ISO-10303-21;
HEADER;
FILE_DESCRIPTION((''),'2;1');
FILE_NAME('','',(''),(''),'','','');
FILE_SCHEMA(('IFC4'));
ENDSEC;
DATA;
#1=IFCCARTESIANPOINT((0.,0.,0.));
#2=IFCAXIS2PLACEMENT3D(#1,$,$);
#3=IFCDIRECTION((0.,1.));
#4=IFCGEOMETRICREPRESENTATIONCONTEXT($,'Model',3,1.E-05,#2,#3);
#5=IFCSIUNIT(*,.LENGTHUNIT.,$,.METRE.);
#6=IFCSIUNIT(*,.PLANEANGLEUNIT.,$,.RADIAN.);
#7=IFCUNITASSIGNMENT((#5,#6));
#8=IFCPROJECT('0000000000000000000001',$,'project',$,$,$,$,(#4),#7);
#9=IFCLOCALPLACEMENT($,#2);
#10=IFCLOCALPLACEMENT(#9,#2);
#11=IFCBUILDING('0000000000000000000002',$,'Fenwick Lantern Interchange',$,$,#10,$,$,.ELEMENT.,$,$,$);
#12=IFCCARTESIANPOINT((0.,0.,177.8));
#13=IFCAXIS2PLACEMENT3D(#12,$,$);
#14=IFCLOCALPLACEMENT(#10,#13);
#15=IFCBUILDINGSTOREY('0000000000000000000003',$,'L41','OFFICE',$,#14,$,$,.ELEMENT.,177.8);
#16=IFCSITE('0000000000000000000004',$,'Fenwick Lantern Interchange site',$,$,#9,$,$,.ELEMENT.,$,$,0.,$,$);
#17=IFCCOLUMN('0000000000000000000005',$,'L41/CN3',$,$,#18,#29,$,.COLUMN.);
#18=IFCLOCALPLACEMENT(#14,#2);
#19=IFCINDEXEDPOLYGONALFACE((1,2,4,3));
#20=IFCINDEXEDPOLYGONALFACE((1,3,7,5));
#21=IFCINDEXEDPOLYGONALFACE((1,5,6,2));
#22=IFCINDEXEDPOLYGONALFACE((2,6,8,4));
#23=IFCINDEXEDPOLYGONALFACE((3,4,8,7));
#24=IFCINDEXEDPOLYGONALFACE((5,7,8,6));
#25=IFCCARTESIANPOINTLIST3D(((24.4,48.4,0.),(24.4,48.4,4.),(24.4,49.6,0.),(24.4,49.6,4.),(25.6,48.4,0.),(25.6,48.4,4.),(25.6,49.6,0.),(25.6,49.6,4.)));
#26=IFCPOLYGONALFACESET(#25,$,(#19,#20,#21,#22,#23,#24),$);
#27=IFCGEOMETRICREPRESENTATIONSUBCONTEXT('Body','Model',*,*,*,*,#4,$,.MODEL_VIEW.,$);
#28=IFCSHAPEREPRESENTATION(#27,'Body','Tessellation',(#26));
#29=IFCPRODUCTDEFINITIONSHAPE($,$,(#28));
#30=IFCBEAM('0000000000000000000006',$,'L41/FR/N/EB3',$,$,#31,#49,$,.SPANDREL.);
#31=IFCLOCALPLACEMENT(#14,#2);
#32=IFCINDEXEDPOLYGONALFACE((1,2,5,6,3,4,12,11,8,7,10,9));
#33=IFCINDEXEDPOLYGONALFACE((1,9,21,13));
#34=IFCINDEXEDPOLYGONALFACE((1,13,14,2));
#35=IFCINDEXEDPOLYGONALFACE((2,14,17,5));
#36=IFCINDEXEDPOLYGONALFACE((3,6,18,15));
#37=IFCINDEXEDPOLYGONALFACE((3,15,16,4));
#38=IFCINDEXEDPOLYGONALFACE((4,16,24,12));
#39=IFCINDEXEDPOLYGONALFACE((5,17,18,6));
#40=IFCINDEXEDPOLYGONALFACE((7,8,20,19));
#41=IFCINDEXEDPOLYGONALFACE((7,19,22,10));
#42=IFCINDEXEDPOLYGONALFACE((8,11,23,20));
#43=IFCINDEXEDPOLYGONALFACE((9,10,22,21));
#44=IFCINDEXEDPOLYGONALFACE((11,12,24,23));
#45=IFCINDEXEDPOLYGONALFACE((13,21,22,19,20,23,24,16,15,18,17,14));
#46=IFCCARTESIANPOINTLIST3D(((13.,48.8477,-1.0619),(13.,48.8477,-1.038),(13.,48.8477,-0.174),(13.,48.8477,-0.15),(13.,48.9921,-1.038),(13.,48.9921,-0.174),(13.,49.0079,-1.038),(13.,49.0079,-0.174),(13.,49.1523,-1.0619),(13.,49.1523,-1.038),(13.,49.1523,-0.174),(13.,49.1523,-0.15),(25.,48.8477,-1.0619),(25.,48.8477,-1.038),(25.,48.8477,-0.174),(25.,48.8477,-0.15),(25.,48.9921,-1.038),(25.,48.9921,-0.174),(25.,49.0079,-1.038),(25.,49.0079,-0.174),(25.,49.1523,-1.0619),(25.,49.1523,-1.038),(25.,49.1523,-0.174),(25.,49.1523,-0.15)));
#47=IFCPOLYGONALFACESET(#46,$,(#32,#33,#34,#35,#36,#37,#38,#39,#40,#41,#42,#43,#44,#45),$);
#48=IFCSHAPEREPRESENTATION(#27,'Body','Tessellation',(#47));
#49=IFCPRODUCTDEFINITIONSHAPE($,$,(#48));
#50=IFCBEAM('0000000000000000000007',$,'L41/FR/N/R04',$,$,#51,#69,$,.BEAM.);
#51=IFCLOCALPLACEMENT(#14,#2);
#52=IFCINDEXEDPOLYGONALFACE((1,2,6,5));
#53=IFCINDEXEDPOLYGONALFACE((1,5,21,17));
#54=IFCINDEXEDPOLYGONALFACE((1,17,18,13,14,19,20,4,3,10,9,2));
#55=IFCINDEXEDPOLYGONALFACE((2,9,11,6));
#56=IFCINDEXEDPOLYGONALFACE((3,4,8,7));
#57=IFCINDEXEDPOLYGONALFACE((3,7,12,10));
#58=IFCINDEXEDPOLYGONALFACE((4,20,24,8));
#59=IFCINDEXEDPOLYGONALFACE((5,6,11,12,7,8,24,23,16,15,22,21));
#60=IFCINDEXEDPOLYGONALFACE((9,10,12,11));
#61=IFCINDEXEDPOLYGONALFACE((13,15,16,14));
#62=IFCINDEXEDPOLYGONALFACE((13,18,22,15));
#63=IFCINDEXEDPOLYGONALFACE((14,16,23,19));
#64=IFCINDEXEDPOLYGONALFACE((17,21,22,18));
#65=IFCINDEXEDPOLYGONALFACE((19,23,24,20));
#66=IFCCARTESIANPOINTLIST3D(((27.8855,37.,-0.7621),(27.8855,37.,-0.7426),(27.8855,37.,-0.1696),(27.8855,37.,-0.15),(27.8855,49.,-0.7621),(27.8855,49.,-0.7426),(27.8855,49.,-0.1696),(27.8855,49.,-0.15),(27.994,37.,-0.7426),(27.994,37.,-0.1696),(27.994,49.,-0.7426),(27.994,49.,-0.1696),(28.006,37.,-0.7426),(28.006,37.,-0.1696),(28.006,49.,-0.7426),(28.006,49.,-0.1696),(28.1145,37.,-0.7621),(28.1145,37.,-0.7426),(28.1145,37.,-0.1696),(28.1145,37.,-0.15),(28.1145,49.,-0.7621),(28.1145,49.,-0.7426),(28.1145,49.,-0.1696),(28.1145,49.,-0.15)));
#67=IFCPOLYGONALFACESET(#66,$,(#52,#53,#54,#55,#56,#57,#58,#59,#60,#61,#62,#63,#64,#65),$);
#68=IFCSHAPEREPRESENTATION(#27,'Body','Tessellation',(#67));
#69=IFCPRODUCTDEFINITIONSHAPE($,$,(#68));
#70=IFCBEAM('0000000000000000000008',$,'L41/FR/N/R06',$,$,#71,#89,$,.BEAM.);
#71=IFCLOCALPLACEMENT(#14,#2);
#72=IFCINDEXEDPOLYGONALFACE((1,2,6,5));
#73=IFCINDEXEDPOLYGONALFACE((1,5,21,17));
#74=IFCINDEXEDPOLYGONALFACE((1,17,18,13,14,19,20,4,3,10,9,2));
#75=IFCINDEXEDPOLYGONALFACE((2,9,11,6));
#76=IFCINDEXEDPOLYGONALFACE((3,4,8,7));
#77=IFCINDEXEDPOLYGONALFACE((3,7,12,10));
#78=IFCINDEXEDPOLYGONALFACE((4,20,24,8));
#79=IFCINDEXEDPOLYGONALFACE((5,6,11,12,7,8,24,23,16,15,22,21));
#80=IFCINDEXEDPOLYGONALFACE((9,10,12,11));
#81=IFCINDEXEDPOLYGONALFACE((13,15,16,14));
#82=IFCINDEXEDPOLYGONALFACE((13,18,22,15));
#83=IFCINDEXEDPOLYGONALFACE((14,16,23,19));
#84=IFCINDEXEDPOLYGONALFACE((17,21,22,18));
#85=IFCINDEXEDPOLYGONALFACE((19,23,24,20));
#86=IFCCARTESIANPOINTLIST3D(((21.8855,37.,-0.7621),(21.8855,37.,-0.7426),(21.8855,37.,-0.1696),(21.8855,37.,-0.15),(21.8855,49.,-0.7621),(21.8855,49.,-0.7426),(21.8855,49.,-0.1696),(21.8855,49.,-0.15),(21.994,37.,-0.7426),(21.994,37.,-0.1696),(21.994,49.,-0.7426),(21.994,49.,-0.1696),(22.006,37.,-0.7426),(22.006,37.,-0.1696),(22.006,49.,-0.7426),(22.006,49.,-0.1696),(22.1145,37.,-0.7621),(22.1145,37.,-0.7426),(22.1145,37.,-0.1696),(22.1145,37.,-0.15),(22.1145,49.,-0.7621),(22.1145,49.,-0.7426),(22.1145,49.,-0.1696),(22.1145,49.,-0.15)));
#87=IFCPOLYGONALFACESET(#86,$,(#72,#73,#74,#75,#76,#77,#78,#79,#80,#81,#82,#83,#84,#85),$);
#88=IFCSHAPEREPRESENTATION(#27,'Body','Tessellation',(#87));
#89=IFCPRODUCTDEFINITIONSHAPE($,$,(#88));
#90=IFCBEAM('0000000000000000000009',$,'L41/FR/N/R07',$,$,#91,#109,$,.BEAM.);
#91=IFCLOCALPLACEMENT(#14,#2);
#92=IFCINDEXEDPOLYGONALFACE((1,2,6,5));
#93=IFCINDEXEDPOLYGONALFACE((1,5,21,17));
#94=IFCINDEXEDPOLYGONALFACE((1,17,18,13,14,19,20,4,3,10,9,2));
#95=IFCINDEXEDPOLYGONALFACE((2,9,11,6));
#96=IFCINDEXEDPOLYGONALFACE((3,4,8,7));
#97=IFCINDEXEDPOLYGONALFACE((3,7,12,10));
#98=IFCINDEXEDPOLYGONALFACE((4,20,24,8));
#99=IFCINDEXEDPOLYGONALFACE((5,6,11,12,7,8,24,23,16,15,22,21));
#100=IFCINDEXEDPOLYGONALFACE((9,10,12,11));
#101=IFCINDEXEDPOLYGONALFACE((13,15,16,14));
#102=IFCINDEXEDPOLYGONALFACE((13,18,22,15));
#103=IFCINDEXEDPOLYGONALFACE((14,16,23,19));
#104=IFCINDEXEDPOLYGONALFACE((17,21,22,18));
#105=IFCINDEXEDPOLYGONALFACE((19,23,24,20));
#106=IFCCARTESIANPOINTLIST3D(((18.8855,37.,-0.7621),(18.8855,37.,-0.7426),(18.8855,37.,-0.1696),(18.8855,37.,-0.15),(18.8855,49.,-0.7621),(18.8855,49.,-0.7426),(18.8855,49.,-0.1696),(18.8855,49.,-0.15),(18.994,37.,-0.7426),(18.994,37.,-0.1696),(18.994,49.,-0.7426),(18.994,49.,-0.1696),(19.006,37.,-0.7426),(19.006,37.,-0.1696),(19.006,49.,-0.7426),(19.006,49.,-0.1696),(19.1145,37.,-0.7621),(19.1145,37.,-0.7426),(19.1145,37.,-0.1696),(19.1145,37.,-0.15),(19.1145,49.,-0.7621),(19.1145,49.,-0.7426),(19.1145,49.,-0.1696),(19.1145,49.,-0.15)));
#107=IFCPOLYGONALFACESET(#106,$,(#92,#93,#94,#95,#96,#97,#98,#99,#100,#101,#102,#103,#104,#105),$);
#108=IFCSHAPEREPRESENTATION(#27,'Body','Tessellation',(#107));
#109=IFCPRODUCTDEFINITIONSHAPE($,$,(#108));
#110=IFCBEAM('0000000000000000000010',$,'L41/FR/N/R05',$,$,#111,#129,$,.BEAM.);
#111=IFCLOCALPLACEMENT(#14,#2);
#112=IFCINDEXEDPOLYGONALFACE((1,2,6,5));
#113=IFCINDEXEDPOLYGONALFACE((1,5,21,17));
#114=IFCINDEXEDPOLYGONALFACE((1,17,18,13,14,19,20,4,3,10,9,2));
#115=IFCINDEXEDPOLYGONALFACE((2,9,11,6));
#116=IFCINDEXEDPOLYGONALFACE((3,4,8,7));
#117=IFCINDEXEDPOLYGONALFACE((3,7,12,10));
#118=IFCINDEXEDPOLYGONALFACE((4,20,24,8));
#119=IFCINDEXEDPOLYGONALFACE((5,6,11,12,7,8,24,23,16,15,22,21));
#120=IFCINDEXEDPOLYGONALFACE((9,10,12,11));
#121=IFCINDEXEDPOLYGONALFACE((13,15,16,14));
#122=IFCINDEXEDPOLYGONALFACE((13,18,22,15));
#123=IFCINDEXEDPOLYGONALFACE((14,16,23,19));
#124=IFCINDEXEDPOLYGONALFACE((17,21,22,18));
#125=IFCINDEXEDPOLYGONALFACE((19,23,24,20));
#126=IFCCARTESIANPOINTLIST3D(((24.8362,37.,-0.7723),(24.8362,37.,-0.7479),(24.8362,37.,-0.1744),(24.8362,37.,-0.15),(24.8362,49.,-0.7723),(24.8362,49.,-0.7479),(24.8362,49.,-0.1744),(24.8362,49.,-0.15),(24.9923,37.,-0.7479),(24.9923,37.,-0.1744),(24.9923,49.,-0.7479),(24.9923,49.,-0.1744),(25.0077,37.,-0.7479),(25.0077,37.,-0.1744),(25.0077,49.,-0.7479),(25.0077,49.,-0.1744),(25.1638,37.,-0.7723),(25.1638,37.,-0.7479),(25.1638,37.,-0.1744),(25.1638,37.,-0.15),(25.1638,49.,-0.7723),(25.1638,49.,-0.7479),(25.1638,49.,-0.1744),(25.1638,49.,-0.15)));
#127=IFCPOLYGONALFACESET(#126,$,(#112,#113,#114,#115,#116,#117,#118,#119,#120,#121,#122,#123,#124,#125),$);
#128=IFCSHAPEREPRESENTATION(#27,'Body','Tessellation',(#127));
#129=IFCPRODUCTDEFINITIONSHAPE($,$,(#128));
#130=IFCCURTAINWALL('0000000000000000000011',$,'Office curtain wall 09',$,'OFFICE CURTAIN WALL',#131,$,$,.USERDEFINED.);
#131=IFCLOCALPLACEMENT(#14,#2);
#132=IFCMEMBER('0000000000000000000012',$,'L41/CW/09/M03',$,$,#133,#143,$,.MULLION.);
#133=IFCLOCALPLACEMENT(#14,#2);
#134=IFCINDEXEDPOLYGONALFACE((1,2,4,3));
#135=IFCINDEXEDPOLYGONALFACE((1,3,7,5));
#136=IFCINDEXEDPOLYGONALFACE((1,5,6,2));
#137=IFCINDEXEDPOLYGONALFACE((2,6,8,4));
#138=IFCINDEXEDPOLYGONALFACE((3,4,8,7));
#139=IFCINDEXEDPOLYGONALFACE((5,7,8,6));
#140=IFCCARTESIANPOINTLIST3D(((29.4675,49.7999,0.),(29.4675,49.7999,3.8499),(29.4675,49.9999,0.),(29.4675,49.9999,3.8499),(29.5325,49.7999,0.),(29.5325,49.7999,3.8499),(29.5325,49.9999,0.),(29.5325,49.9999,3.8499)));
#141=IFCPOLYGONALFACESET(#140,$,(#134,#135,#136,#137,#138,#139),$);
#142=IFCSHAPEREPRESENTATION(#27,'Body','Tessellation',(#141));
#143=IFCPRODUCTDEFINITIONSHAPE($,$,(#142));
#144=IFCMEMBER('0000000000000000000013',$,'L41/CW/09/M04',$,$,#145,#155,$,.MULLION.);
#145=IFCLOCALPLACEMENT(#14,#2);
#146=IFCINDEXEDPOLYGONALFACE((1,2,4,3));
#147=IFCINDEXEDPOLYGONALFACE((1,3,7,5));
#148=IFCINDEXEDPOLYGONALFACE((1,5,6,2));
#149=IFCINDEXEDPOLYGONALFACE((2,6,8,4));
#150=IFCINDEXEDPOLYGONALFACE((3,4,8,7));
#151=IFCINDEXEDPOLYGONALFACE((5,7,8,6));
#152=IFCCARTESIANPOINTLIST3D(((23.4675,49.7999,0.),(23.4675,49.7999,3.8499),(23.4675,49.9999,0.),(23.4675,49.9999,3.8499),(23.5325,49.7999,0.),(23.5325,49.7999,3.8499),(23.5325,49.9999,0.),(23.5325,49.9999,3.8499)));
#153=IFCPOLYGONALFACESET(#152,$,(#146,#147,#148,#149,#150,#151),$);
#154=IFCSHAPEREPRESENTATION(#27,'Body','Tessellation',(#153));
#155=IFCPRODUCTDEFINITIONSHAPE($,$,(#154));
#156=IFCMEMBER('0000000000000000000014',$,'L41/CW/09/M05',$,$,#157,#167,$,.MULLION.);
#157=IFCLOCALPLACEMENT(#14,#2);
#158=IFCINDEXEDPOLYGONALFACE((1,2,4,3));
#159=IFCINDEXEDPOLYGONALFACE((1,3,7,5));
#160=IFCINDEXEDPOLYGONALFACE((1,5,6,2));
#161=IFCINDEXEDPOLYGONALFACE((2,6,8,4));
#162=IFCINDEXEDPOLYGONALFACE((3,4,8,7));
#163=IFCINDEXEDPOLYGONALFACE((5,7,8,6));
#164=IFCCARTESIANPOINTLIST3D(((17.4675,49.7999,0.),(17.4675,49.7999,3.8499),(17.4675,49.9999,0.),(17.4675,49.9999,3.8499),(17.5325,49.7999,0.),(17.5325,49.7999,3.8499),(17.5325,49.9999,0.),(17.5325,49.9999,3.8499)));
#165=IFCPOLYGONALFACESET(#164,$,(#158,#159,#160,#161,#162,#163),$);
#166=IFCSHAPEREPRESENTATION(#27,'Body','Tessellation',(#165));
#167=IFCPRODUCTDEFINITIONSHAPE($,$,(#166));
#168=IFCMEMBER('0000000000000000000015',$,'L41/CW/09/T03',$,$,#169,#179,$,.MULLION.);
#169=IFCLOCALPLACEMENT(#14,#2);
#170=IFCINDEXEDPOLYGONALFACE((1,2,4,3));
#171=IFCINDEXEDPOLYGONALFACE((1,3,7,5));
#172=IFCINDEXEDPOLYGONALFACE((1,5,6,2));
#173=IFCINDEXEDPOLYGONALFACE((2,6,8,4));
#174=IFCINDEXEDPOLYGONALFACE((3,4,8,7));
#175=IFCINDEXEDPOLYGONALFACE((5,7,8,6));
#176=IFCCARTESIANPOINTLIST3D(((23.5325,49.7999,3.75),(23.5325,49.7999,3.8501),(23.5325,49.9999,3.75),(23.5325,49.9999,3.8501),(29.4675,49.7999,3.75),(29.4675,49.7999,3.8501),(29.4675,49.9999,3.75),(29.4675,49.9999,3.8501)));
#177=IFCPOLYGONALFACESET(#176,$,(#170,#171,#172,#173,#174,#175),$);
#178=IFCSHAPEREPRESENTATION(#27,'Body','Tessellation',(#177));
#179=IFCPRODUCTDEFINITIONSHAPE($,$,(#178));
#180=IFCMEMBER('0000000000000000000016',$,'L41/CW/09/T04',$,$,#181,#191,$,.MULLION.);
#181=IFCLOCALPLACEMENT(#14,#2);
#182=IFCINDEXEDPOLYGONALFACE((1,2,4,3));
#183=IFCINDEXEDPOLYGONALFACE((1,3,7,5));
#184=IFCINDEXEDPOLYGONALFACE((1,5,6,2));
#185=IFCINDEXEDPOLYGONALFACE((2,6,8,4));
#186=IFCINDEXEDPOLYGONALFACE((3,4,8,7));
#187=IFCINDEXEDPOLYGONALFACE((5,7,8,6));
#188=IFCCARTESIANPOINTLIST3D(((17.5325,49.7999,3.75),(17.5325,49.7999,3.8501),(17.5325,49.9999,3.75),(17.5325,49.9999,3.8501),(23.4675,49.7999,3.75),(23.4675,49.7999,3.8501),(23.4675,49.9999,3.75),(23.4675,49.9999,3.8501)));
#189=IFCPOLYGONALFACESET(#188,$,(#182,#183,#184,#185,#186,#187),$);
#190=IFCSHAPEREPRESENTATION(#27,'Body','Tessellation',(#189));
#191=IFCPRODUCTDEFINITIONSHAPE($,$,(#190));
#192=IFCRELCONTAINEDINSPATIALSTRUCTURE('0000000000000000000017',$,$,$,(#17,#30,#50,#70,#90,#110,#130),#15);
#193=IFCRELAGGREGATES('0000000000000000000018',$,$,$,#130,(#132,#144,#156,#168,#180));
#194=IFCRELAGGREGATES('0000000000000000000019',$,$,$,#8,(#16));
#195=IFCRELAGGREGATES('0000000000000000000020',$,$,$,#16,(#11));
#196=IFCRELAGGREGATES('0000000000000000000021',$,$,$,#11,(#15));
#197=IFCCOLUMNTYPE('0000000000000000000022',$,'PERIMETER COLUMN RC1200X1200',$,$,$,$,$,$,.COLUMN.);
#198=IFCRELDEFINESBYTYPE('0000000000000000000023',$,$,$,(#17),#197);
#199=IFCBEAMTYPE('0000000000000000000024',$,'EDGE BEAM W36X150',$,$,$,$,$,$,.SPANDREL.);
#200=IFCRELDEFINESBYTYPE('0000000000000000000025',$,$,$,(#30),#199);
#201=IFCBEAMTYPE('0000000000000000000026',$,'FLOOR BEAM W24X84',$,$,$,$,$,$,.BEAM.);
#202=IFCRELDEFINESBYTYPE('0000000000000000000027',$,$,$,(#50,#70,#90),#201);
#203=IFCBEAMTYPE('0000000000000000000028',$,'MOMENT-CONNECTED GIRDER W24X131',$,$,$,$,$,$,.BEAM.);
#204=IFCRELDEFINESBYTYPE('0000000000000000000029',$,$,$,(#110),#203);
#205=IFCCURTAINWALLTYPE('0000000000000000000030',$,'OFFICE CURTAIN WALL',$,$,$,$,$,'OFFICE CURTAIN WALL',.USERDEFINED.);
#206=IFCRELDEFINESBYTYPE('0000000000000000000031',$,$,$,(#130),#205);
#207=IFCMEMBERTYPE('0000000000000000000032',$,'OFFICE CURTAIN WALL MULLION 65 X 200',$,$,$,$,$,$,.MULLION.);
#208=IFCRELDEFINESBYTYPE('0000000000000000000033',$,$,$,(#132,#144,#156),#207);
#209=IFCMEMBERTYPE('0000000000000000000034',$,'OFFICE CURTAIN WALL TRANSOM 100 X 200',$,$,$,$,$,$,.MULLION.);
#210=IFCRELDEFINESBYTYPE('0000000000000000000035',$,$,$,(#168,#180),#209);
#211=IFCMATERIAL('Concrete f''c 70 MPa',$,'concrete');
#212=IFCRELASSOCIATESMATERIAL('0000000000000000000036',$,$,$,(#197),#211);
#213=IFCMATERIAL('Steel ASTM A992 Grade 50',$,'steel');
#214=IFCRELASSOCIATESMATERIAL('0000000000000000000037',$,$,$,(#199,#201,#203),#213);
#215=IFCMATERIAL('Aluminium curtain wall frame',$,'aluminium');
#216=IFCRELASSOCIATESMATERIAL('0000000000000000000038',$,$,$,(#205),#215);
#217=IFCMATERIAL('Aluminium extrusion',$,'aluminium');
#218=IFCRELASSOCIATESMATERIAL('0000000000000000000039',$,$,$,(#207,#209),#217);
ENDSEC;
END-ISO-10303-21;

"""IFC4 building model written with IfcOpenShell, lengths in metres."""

from ifc_helpers import new_model, si_unit, direction, frame, origin, origin_2d, place, context, subcontext, project, spatial, rectangle, i_section, extrude, material, material_profile, profile_set, type_object, element, aggregate, save


model = new_model("IFC4")

# Units and contexts
model_context = context("Model", 3, precision=1e-05, world=origin(), true_north=direction((0.0, 1.0)))
body_context = subcontext(model_context, "Body", "Model", "MODEL_VIEW")
ifc_project = project(units=[si_unit("LENGTHUNIT", "METRE"), si_unit("PLANEANGLEUNIT", "RADIAN")], contexts=[model_context])

# Site, building, storey
site_placement = place(None, origin())
site = spatial("IfcSite", under=ifc_project, at=site_placement, Name="Fenwick Lantern Interchange site", CompositionType="ELEMENT", RefElevation=0.0)
building_placement = place(site_placement, origin())
building = spatial("IfcBuilding", under=site, at=building_placement, Name="Fenwick Lantern Interchange", CompositionType="ELEMENT")
storey_placement = place(building_placement, frame((0.0, 0.0, 177.8)))
storey = spatial("IfcBuildingStorey", under=building, at=storey_placement, Name="L41", Description="OFFICE", CompositionType="ELEMENT", Elevation=177.8)

# Column
ifc_material_1 = material(Name="Concrete f'c 70 MPa", Category="concrete")
ifc_material_profile_1 = material_profile(ifc_material_1, rectangle(XDim=1.2, YDim=1.2, at=origin_2d()), Name="RC1200X1200")
ifc_profile_set_1 = profile_set([ifc_material_profile_1], Name="Concrete f'c 70 MPa")
column_type = type_object("IfcColumnType", Name="PERIMETER COLUMN RC1200X1200", PredefinedType="COLUMN", material=ifc_profile_set_1)
column_placement = place(storey_placement, frame((25.0, 49.0, 0.0), z_axis=(0.0, 0.0, 1.0), x_axis=(1.0, 0.0, 0.0)))
element("IfcColumn", 1, at=column_placement, inside=storey, type_object=column_type, Name="L41/CN3", PredefinedType="COLUMN", context=body_context, shape_type="SweptSolid", body=[
    extrude(rectangle(XDim=1.2, YDim=1.2, at=origin_2d()), origin(), (0.0, 0.0, 1.0), 4.0),
])

# Beams
ifc_material_2 = material(Name="Steel ASTM A992 Grade 50", Category="steel")
ifc_material_profile_2 = material_profile(ifc_material_2, i_section(OverallWidth=0.3047, OverallDepth=0.9119, WebThickness=0.0159, FlangeThickness=0.0239, at=origin_2d()), Name="W36X150")
ifc_profile_set_2 = profile_set([ifc_material_profile_2], Name="Steel ASTM A992 Grade 50")
beam_type_1 = type_object("IfcBeamType", Name="EDGE BEAM W36X150", PredefinedType="SPANDREL", material=ifc_profile_set_2)
beam_1_placement = place(storey_placement, frame((25.0, 49.0, -0.606), z_axis=(-1.0, 0.0, 0.0), x_axis=(0.0, -1.0, 0.0)))
element("IfcBeam", 2, at=beam_1_placement, inside=storey, type_object=beam_type_1, Name="L41/FR/N/EB3", PredefinedType="SPANDREL", context=body_context, shape_type="SweptSolid", body=[
    extrude(i_section(OverallWidth=0.3047, OverallDepth=0.9119, WebThickness=0.0159, FlangeThickness=0.0239, at=origin_2d()), origin(), (0.0, 0.0, 1.0), 12.0),
])
ifc_material_profile_3 = material_profile(ifc_material_2, i_section(OverallWidth=0.229, OverallDepth=0.6121, WebThickness=0.012, FlangeThickness=0.0195, at=origin_2d()), Name="W24X84")
ifc_profile_set_3 = profile_set([ifc_material_profile_3], Name="Steel ASTM A992 Grade 50")
beam_type_2 = type_object("IfcBeamType", Name="FLOOR BEAM W24X84", PredefinedType="BEAM", material=ifc_profile_set_3)
for number, where, z_axis, x_axis, name in (
    (3, (28.0, 49.0, -0.4561), (0.0, -1.0, 0.0), (1.0, 0.0, 0.0), "L41/FR/N/R04"),
    (4, (22.0, 49.0, -0.4561), (0.0, -1.0, 0.0), (1.0, 0.0, 0.0), "L41/FR/N/R06"),
    (5, (19.0, 49.0, -0.4561), (0.0, -1.0, 0.0), (1.0, 0.0, 0.0), "L41/FR/N/R07"),
):
    element("IfcBeam", number, at=place(storey_placement, frame(where, z_axis=z_axis, x_axis=x_axis)), inside=storey, type_object=beam_type_2, Name=name, PredefinedType="BEAM", context=body_context, shape_type="SweptSolid", body=[
        extrude(i_section(OverallWidth=0.229, OverallDepth=0.6121, WebThickness=0.012, FlangeThickness=0.0195, at=origin_2d()), origin(), (0.0, 0.0, 1.0), 12.0),
    ])
ifc_material_profile_4 = material_profile(ifc_material_2, i_section(OverallWidth=0.3276, OverallDepth=0.6223, WebThickness=0.0154, FlangeThickness=0.0244, at=origin_2d()), Name="W24X131")
ifc_profile_set_4 = profile_set([ifc_material_profile_4], Name="Steel ASTM A992 Grade 50")
beam_type_3 = type_object("IfcBeamType", Name="MOMENT-CONNECTED GIRDER W24X131", PredefinedType="BEAM", material=ifc_profile_set_4)
beam_2_placement = place(storey_placement, frame((25.0, 49.0, -0.4612), z_axis=(0.0, -1.0, 0.0), x_axis=(1.0, 0.0, 0.0)))
element("IfcBeam", 6, at=beam_2_placement, inside=storey, type_object=beam_type_3, Name="L41/FR/N/R05", PredefinedType="BEAM", context=body_context, shape_type="SweptSolid", body=[
    extrude(i_section(OverallWidth=0.3276, OverallDepth=0.6223, WebThickness=0.0154, FlangeThickness=0.0244, at=origin_2d()), origin(), (0.0, 0.0, 1.0), 12.0),
])

# Curtain wall, members
ifc_material_3 = material(Name="Aluminium curtain wall frame", Category="aluminium")
curtain_wall_type = type_object("IfcCurtainWallType", Name="OFFICE CURTAIN WALL", ElementType="OFFICE CURTAIN WALL", PredefinedType="USERDEFINED", material=ifc_material_3)
curtain_wall_placement = place(storey_placement, origin())
curtain_wall = element("IfcCurtainWall", 7, at=curtain_wall_placement, inside=storey, type_object=curtain_wall_type, Name="Office curtain wall 09", ObjectType="OFFICE CURTAIN WALL", PredefinedType="USERDEFINED")
ifc_material_4 = material(Name="Aluminium extrusion", Category="aluminium")
ifc_material_profile_5 = material_profile(ifc_material_4, rectangle(XDim=0.2, YDim=0.0649, at=origin_2d()), Name="OFFICE CURTAIN WALL MULLION 65 X 200")
ifc_profile_set_5 = profile_set([ifc_material_profile_5], Name="Aluminium extrusion")
member_type_1 = type_object("IfcMemberType", Name="OFFICE CURTAIN WALL MULLION 65 X 200", PredefinedType="MULLION", material=ifc_profile_set_5)
member_1_placement = place(storey_placement, frame((29.5, 49.8999, 0.0), z_axis=(0.0, 0.0, 1.0), x_axis=(0.0, -1.0, 0.0)))
member_1 = element("IfcMember", 8, at=member_1_placement, type_object=member_type_1, Name="L41/CW/09/M03", PredefinedType="MULLION", context=body_context, shape_type="SweptSolid", body=[
    extrude(rectangle(XDim=0.2, YDim=0.0649, at=origin_2d()), origin(), (0.0, 0.0, 1.0), 3.8499),
])
member_2_placement = place(storey_placement, frame((23.5, 49.8999, 0.0), z_axis=(0.0, 0.0, 1.0), x_axis=(0.0, -1.0, 0.0)))
member_2 = element("IfcMember", 9, at=member_2_placement, type_object=member_type_1, Name="L41/CW/09/M04", PredefinedType="MULLION", context=body_context, shape_type="SweptSolid", body=[
    extrude(rectangle(XDim=0.2, YDim=0.0649, at=origin_2d()), origin(), (0.0, 0.0, 1.0), 3.8499),
])
member_3_placement = place(storey_placement, frame((17.5, 49.8999, 0.0), z_axis=(0.0, 0.0, 1.0), x_axis=(0.0, -1.0, 0.0)))
member_3 = element("IfcMember", 10, at=member_3_placement, type_object=member_type_1, Name="L41/CW/09/M05", PredefinedType="MULLION", context=body_context, shape_type="SweptSolid", body=[
    extrude(rectangle(XDim=0.2, YDim=0.0649, at=origin_2d()), origin(), (0.0, 0.0, 1.0), 3.8499),
])
ifc_material_profile_6 = material_profile(ifc_material_4, rectangle(XDim=0.2, YDim=0.1001, at=origin_2d()), Name="OFFICE CURTAIN WALL TRANSOM 100 X 200")
ifc_profile_set_6 = profile_set([ifc_material_profile_6], Name="Aluminium extrusion")
member_type_2 = type_object("IfcMemberType", Name="OFFICE CURTAIN WALL TRANSOM 100 X 200", PredefinedType="MULLION", material=ifc_profile_set_6)
member_4_placement = place(storey_placement, frame((29.4675, 49.8999, 3.8), z_axis=(-1.0, 0.0, 0.0), x_axis=(0.0, -1.0, 0.0)))
member_4 = element("IfcMember", 11, at=member_4_placement, type_object=member_type_2, Name="L41/CW/09/T03", PredefinedType="MULLION", context=body_context, shape_type="SweptSolid", body=[
    extrude(rectangle(XDim=0.2, YDim=0.1001, at=origin_2d()), origin(), (0.0, 0.0, 1.0), 5.9351),
])
member_5_placement = place(storey_placement, frame((23.4675, 49.8999, 3.8), z_axis=(-1.0, 0.0, 0.0), x_axis=(0.0, -1.0, 0.0)))
member_5 = element("IfcMember", 12, at=member_5_placement, type_object=member_type_2, Name="L41/CW/09/T04", PredefinedType="MULLION", context=body_context, shape_type="SweptSolid", body=[
    extrude(rectangle(XDim=0.2, YDim=0.1001, at=origin_2d()), origin(), (0.0, 0.0, 1.0), 5.9351),
])
aggregate(curtain_wall, [member_1, member_2, member_3, member_4, member_5])

save(model, "model.ifc")
